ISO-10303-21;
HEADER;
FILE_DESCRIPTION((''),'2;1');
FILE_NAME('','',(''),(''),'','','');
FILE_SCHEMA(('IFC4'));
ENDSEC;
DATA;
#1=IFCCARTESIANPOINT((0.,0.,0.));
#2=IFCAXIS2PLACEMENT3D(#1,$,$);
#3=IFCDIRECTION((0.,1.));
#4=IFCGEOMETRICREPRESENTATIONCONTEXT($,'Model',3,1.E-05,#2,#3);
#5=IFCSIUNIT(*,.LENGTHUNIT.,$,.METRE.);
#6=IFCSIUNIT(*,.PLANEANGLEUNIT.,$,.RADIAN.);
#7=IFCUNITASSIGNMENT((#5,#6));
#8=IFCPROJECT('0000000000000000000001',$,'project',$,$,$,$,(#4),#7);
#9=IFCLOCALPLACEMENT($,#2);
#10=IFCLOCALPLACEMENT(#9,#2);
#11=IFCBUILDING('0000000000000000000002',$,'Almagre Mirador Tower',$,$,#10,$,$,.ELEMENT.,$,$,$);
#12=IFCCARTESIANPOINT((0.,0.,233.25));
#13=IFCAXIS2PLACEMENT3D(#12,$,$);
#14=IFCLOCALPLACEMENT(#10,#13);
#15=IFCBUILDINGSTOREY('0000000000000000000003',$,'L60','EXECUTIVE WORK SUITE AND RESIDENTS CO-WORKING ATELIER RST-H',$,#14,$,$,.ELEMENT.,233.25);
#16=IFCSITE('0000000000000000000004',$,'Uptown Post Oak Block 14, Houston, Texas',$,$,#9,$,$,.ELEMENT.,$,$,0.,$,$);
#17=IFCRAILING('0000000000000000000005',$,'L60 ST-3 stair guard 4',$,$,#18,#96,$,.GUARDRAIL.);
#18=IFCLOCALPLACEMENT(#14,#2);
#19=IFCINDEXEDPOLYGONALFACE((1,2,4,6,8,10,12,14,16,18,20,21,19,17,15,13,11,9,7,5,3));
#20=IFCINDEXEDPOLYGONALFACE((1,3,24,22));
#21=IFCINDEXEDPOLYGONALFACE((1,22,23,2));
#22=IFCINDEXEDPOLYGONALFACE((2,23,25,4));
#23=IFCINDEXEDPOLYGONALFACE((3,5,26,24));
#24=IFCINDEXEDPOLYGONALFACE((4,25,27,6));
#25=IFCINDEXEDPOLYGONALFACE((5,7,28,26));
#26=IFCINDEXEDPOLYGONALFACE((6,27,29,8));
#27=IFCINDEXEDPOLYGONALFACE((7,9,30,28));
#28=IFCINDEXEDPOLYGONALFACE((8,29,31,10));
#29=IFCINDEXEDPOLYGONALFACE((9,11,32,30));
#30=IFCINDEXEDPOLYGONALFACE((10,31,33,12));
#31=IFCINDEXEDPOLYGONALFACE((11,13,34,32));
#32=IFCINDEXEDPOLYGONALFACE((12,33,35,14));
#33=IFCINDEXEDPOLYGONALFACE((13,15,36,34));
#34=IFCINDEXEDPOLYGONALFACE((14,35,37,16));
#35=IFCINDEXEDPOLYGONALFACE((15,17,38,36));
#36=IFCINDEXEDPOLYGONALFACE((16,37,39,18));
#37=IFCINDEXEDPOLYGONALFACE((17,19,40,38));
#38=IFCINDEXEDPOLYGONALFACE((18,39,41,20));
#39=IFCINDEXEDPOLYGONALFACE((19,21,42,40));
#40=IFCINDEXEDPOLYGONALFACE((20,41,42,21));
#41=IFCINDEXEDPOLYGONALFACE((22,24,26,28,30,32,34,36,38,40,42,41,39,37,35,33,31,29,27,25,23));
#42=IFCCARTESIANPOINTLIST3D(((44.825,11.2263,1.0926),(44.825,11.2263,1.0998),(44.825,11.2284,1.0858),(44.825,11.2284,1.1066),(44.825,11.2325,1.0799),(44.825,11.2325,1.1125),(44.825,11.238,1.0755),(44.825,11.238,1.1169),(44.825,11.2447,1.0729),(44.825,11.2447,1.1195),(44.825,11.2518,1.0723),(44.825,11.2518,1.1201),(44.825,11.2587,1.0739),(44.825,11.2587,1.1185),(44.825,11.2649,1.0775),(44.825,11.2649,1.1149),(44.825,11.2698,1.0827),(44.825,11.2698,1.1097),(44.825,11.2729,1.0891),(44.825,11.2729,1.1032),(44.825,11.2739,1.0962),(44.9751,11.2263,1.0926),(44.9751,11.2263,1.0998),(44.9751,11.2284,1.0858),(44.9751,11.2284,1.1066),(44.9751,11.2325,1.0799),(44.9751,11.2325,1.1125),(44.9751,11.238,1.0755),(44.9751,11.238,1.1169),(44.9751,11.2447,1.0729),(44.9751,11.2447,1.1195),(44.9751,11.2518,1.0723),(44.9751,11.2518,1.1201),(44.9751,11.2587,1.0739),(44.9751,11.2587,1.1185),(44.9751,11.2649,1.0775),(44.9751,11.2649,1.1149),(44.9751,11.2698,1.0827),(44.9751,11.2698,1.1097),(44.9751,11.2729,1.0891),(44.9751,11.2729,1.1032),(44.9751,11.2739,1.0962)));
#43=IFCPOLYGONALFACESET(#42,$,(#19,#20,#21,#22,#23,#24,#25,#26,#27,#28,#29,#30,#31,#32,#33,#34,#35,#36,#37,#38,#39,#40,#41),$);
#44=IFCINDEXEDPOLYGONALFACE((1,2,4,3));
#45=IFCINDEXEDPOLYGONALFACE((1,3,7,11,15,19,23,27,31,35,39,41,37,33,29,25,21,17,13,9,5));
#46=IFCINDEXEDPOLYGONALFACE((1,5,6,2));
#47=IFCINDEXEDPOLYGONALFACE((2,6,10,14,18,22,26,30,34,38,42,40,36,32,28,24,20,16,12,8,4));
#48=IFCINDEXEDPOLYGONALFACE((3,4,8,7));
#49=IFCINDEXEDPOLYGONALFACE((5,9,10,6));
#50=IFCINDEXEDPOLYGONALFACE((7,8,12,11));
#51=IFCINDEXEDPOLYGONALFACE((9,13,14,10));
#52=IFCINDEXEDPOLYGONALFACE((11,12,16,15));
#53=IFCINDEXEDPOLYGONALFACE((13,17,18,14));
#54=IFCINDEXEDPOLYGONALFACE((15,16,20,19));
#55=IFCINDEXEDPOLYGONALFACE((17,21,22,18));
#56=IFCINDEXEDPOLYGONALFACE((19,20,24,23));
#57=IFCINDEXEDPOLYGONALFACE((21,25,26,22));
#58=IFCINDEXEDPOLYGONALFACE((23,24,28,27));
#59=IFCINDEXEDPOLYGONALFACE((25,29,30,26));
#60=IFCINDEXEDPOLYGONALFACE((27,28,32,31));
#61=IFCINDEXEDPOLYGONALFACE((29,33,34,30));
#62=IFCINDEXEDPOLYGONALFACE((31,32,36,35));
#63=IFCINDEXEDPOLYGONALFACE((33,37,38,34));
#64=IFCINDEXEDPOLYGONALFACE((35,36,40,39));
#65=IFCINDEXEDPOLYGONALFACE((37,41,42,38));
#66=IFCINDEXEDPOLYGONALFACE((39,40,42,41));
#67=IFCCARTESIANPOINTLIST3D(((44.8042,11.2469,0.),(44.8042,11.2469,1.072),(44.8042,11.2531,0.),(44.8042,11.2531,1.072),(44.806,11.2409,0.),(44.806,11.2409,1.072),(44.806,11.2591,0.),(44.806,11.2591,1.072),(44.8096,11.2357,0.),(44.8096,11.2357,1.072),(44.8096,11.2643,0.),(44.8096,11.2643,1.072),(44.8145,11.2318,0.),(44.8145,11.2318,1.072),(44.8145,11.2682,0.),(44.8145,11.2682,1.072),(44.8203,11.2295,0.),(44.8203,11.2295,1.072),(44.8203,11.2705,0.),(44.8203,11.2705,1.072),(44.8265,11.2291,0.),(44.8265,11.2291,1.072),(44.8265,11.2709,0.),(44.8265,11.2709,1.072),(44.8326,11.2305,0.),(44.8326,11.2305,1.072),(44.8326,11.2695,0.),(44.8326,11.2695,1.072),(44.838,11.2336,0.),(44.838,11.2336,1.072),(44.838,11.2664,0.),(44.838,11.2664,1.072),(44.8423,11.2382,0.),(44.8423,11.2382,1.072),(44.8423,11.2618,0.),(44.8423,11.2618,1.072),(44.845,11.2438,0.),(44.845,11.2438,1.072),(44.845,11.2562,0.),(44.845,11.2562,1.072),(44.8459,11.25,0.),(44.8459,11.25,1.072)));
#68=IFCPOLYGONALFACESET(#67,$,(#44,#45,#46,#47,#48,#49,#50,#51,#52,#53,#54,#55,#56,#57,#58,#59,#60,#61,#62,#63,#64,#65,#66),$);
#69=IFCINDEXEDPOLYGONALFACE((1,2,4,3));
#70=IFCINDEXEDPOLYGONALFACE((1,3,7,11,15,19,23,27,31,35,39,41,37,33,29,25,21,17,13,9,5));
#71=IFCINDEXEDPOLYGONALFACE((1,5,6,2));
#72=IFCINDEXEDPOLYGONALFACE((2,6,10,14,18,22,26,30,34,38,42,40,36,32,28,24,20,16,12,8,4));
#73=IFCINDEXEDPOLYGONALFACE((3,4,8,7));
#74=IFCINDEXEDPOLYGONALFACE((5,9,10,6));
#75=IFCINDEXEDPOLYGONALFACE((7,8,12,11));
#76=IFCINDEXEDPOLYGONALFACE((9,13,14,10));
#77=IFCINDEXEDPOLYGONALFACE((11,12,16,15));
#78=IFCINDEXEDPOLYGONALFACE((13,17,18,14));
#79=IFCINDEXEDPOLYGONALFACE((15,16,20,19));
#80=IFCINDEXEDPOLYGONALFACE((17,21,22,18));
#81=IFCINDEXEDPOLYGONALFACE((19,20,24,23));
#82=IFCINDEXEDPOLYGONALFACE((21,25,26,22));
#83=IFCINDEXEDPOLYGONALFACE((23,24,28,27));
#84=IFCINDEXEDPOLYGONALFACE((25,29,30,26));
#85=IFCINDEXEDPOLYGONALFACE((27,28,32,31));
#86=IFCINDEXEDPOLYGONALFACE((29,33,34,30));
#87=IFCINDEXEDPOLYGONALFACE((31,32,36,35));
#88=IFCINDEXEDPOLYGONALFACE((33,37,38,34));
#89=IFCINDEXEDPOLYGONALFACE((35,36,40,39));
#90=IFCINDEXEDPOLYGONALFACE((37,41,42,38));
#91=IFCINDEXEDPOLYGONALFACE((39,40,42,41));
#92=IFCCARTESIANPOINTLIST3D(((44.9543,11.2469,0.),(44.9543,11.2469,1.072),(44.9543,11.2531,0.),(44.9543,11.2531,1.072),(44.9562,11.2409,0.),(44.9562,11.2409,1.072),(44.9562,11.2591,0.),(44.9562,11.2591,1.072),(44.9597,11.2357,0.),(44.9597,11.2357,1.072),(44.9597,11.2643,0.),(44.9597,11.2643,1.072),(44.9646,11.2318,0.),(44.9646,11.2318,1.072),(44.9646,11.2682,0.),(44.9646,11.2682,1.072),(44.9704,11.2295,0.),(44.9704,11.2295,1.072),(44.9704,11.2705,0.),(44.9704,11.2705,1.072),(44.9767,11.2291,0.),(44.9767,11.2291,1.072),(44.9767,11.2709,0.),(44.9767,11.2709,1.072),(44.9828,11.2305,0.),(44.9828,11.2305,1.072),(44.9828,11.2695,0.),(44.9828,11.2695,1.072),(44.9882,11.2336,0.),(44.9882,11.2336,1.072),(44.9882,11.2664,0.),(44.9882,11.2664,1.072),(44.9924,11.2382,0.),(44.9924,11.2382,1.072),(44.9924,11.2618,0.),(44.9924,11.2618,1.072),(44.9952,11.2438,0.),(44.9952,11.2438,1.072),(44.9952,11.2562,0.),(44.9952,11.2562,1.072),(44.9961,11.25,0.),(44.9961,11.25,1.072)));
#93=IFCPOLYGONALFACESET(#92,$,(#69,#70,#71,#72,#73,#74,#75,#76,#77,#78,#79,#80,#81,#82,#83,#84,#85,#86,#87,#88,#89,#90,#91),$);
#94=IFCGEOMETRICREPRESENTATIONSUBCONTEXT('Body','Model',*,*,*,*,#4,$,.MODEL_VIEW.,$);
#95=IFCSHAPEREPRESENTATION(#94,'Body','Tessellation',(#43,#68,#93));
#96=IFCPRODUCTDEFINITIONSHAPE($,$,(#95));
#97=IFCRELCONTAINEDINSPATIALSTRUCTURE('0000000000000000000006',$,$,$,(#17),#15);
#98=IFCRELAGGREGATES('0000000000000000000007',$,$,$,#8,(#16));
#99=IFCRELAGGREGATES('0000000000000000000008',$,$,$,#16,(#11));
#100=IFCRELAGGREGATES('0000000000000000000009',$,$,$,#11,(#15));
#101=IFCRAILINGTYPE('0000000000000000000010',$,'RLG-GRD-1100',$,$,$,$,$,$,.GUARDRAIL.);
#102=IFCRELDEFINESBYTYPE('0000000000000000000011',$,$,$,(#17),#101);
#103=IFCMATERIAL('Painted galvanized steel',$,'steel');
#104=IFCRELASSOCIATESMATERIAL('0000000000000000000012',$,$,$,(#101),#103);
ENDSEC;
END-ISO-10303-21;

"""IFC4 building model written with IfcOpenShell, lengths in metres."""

from ifc_helpers import new_model, si_unit, direction, frame, origin, origin_2d, place, context, subcontext, project, spatial, circle, extrude, material, type_object, element, save


model = new_model("IFC4")

# Units and contexts
model_context = context("Model", 3, precision=1e-05, world=origin(), true_north=direction((0.0, 1.0)))
body_context = subcontext(model_context, "Body", "Model", "MODEL_VIEW")
ifc_project = project(units=[si_unit("LENGTHUNIT", "METRE"), si_unit("PLANEANGLEUNIT", "RADIAN")], contexts=[model_context])

# Site, building, storey
site_placement = place(None, origin())
site = spatial("IfcSite", under=ifc_project, at=site_placement, Name="Uptown Post Oak Block 14, Houston, Texas", CompositionType="ELEMENT", RefElevation=0.0)
building_placement = place(site_placement, origin())
building = spatial("IfcBuilding", under=site, at=building_placement, Name="Almagre Mirador Tower", CompositionType="ELEMENT")
storey_placement = place(building_placement, frame((0.0, 0.0, 233.25)))
storey = spatial("IfcBuildingStorey", under=building, at=storey_placement, Name="L60", Description="EXECUTIVE WORK SUITE AND RESIDENTS CO-WORKING ATELIER RST-H", CompositionType="ELEMENT", Elevation=233.25)

# Railing
ifc_material_1 = material(Name="Painted galvanized steel", Category="steel")
railing_type_1 = type_object("IfcRailingType", Name="RLG-GRD-1100", PredefinedType="GUARDRAIL", material=ifc_material_1)
railing_1_placement = place(storey_placement, frame((44.825, 11.25, 0.0)))
element("IfcRailing", 1, at=railing_1_placement, inside=storey, type_object=railing_type_1, Name="L60 ST-3 stair guard 4", PredefinedType="GUARDRAIL", context=body_context, shape_type="SweptSolid", body=[
    extrude(circle(Radius=0.0239, at=origin_2d()), frame((0.0, 0.0, 1.0962), z_axis=(1.0, 0.0, 0.0), x_axis=(0.0, 1.0, 0.0)), (0.0, 0.0, 1.0), 0.1501),
    extrude(circle(Radius=0.021, at=origin_2d()), origin(), (0.0, 0.0, 1.0), 1.072),
    extrude(circle(Radius=0.021, at=origin_2d()), frame((0.1501, 0.0, 0.0)), (0.0, 0.0, 1.0), 1.072),
])

save(model, "model.ifc")
